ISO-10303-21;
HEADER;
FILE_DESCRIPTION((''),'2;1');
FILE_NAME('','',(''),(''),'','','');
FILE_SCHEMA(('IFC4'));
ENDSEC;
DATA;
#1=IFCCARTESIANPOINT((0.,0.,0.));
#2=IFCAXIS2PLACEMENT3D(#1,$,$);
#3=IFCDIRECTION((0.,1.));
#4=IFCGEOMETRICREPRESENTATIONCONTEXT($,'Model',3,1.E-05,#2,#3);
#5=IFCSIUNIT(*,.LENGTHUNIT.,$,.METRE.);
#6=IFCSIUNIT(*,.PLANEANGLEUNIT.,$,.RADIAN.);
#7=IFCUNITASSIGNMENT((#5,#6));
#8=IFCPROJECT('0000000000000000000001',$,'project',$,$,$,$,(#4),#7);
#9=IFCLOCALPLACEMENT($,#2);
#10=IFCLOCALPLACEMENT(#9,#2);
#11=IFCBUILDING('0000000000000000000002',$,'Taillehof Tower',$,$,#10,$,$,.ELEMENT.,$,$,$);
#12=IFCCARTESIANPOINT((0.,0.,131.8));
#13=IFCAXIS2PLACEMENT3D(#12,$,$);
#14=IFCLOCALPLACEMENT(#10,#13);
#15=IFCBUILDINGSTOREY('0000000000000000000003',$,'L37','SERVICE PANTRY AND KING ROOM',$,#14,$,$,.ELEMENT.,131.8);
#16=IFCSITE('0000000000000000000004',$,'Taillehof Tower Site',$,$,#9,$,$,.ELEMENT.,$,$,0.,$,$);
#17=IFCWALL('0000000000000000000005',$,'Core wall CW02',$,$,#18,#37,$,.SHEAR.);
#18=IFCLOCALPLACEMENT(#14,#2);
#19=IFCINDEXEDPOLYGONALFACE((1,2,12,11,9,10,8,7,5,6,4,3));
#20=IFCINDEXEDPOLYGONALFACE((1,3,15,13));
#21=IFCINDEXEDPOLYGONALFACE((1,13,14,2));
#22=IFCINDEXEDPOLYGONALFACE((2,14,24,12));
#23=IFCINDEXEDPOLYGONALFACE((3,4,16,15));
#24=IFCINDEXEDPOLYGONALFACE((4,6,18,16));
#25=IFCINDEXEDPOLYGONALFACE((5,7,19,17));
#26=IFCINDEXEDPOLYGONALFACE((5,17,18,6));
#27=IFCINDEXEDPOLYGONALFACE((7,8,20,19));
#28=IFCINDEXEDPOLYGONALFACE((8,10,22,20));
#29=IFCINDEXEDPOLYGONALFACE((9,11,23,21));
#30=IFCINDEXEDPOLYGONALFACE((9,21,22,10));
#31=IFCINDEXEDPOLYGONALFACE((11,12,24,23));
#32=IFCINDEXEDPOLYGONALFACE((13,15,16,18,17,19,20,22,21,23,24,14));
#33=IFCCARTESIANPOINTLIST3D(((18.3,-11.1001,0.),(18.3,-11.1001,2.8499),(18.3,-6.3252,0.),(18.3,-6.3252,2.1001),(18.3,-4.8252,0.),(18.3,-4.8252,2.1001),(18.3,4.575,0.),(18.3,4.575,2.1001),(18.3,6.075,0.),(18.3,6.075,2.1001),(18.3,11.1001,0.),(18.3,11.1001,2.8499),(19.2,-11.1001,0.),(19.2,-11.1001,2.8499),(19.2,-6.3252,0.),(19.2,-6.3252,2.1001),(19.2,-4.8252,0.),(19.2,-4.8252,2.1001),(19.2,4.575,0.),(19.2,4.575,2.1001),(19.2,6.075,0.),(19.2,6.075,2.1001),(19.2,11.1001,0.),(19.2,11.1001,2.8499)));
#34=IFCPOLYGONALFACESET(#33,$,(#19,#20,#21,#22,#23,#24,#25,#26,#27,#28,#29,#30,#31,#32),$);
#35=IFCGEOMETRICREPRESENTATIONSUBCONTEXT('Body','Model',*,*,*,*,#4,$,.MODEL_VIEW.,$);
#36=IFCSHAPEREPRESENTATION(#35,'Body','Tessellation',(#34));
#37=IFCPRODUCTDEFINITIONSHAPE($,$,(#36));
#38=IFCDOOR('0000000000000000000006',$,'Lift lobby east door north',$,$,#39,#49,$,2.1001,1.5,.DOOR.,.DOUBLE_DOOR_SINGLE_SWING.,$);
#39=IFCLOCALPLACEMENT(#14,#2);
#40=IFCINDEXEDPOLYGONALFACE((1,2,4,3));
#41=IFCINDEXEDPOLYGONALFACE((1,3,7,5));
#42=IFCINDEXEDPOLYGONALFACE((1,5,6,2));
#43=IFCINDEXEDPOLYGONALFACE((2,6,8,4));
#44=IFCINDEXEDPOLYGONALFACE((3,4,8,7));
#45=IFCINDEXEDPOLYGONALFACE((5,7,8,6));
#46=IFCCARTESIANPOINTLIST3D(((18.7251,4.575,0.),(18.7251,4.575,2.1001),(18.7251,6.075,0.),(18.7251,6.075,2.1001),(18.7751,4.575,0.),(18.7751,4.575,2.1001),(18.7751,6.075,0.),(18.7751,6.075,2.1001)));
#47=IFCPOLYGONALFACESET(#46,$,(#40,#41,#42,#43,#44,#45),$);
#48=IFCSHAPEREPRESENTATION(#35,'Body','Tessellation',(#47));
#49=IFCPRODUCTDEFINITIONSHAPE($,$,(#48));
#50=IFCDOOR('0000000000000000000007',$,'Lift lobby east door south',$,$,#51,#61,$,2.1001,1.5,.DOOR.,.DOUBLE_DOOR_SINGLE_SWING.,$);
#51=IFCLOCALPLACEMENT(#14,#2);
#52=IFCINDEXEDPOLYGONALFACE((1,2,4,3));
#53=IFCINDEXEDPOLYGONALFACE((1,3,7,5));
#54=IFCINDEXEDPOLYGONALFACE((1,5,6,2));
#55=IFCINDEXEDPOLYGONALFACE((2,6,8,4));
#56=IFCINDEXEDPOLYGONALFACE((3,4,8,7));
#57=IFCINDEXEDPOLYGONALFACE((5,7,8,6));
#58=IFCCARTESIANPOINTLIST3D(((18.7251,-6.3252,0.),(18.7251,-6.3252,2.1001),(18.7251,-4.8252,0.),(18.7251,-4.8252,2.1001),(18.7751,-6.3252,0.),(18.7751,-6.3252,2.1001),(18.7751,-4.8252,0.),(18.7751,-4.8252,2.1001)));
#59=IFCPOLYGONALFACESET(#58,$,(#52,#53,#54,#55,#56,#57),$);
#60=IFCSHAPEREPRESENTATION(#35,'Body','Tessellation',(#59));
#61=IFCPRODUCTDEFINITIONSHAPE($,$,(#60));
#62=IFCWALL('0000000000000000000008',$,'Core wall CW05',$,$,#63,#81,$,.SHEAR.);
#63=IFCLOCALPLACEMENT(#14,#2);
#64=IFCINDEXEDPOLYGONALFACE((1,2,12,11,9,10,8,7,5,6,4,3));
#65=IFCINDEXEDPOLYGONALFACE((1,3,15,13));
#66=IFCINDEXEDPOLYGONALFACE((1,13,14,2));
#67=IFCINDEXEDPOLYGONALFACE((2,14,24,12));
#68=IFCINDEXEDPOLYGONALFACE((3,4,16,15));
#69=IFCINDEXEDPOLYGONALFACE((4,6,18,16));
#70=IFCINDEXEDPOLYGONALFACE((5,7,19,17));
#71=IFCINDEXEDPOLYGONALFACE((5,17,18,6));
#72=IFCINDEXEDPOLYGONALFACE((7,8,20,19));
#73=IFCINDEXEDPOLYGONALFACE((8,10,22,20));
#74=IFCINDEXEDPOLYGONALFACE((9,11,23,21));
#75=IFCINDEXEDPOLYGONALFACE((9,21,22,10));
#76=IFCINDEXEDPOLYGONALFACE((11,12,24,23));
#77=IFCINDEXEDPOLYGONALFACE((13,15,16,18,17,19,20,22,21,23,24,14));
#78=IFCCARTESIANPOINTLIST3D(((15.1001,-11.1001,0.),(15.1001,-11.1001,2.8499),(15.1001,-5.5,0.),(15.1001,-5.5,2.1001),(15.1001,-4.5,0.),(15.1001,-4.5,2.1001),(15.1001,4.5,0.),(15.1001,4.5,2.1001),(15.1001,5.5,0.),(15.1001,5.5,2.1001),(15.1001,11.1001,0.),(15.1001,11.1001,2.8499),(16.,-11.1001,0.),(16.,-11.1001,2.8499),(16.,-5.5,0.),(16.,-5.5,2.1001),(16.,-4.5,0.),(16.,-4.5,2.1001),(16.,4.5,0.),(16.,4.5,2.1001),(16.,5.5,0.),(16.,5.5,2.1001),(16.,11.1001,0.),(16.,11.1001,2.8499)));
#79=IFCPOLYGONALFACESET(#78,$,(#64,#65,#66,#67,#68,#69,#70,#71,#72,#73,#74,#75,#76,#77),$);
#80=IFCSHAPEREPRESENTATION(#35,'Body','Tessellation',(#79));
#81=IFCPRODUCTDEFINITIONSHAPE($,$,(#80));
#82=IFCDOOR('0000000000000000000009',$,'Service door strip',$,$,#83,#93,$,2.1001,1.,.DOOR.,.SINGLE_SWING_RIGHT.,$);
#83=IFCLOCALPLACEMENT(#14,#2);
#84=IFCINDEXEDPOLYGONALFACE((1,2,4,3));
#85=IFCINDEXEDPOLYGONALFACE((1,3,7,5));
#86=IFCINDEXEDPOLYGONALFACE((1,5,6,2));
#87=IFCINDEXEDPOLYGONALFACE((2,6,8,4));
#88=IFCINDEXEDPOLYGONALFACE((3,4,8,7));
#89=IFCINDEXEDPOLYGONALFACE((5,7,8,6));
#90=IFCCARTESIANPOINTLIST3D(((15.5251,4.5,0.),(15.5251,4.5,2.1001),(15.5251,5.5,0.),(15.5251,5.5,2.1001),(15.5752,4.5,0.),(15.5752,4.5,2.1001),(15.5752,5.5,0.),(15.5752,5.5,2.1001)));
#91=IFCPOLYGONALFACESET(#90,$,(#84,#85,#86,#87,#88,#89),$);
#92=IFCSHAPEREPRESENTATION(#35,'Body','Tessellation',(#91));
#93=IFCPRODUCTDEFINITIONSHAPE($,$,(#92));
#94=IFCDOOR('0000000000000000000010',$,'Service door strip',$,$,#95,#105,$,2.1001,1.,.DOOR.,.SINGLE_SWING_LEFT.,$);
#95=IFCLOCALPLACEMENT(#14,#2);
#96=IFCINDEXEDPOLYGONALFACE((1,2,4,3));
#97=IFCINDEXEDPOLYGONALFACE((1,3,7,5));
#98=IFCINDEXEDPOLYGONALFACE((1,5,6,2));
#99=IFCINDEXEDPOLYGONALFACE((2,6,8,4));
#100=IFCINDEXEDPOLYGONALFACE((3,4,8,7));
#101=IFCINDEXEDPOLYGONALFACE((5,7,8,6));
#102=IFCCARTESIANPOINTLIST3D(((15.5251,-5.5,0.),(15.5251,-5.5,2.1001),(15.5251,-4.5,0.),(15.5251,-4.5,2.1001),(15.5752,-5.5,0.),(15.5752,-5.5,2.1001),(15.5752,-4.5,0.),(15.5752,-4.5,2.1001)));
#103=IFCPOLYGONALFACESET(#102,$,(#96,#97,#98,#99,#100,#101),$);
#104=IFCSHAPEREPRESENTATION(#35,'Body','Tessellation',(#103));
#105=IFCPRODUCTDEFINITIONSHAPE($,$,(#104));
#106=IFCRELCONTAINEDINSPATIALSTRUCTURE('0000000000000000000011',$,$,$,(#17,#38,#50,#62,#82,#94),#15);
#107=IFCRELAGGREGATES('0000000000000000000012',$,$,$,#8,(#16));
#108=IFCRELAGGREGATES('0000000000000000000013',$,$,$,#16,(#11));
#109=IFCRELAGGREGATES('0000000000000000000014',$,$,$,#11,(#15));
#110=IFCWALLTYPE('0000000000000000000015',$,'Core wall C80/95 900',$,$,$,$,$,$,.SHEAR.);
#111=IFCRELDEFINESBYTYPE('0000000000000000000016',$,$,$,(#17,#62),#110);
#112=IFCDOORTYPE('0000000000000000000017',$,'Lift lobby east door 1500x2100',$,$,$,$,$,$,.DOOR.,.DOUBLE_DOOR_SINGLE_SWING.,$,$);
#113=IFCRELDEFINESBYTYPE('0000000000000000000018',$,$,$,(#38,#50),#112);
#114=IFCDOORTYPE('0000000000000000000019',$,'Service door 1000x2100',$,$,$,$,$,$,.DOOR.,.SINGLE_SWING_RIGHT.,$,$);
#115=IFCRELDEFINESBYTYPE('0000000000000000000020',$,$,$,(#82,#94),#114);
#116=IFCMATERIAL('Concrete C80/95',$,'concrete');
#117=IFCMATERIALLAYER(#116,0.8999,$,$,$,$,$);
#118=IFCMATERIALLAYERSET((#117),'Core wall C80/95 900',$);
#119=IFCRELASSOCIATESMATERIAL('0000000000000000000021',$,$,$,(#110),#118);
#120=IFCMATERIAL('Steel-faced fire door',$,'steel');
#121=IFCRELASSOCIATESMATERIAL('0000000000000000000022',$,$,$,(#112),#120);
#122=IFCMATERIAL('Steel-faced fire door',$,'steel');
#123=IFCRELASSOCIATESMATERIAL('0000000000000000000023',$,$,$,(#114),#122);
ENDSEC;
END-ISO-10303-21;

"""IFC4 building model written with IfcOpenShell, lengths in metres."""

from ifc_helpers import new_model, si_unit, direction, frame, frame_2d, origin, place, context, subcontext, project, spatial, rectangle, extrude, material, layer, layer_set, type_object, element, fill, save


model = new_model("IFC4")

# Units and contexts
model_context = context("Model", 3, precision=1e-05, world=origin(), true_north=direction((0.0, 1.0)))
body_context = subcontext(model_context, "Body", "Model", "MODEL_VIEW")
ifc_project = project(units=[si_unit("LENGTHUNIT", "METRE"), si_unit("PLANEANGLEUNIT", "RADIAN")], contexts=[model_context])

# Site, building, storey
site_placement = place(None, origin())
site = spatial("IfcSite", under=ifc_project, at=site_placement, Name="Taillehof Tower Site", CompositionType="ELEMENT", RefElevation=0.0)
building_placement = place(site_placement, origin())
building = spatial("IfcBuilding", under=site, at=building_placement, Name="Taillehof Tower", CompositionType="ELEMENT")
storey_placement = place(building_placement, frame((0.0, 0.0, 131.8)))
storey = spatial("IfcBuildingStorey", under=building, at=storey_placement, Name="L37", Description="SERVICE PANTRY AND KING ROOM", CompositionType="ELEMENT", Elevation=131.8)

# Walls, openings, doors
ifc_material_1 = material(Name="Concrete C80/95", Category="concrete")
ifc_layer_1 = layer(ifc_material_1, 0.8999)
ifc_layer_set_1 = layer_set([ifc_layer_1], Name="Core wall C80/95 900")
wall_type_1 = type_object("IfcWallType", Name="Core wall C80/95 900", PredefinedType="SHEAR", material=ifc_layer_set_1)
wall_1_placement = place(storey_placement, frame((18.75, -11.1001, 0.0), z_axis=(0.0, 0.0, 1.0), x_axis=(0.0, 1.0, 0.0)))
wall_1 = element("IfcWall", 1, at=wall_1_placement, inside=storey, type_object=wall_type_1, Name="Core wall CW02", PredefinedType="SHEAR", context=body_context, shape_type="SweptSolid", body=[
    extrude(rectangle(XDim=22.2002, YDim=0.8999, at=frame_2d((11.1001, 0.0))), origin(), (0.0, 0.0, 1.0), 2.8499),
])
opening_1_placement = place(wall_1_placement, frame((15.675, 0.0, 0.0)))
opening_1 = element("IfcOpeningElement", 2, at=opening_1_placement, cuts=wall_1, PredefinedType="OPENING", context=body_context, shape_type="SweptSolid", body=[
    extrude(rectangle(XDim=1.5, YDim=2.1001, at=frame_2d((0.75, 1.05))), frame((0.0, 0.46, 0.0), z_axis=(0.0, -1.0, 0.0), x_axis=(1.0, 0.0, 0.0)), (0.0, 0.0, 1.0), 0.9199),
])
opening_2_placement = place(wall_1_placement, frame((4.7749, 0.0, 0.0)))
opening_2 = element("IfcOpeningElement", 3, at=opening_2_placement, cuts=wall_1, PredefinedType="OPENING", context=body_context, shape_type="SweptSolid", body=[
    extrude(rectangle(XDim=1.5, YDim=2.1001, at=frame_2d((0.75, 1.05))), frame((0.0, 0.46, 0.0), z_axis=(0.0, -1.0, 0.0), x_axis=(1.0, 0.0, 0.0)), (0.0, 0.0, 1.0), 0.9199),
])
ifc_material_2 = material(Name="Steel-faced fire door", Category="steel")
door_type_1 = type_object("IfcDoorType", Name="Lift lobby east door 1500x2100", OperationType="DOUBLE_DOOR_SINGLE_SWING", PredefinedType="DOOR", material=ifc_material_2)
door_1_placement = place(opening_1_placement, origin())
door_1 = element("IfcDoor", 4, at=door_1_placement, inside=storey, type_object=door_type_1, Name="Lift lobby east door north", OperationType="DOUBLE_DOOR_SINGLE_SWING", OverallHeight=2.1001, OverallWidth=1.5, PredefinedType="DOOR", context=body_context, shape_type="SweptSolid", body=[
    extrude(rectangle(XDim=1.5, YDim=2.1001, at=frame_2d((0.75, 1.05))), frame((0.0, 0.0249, 0.0), z_axis=(0.0, -1.0, 0.0), x_axis=(1.0, 0.0, 0.0)), (0.0, 0.0, 1.0), 0.05),
])
fill(opening_1, door_1)
door_2_placement = place(opening_2_placement, origin())
door_2 = element("IfcDoor", 5, at=door_2_placement, inside=storey, type_object=door_type_1, Name="Lift lobby east door south", OperationType="DOUBLE_DOOR_SINGLE_SWING", OverallHeight=2.1001, OverallWidth=1.5, PredefinedType="DOOR", context=body_context, shape_type="SweptSolid", body=[
    extrude(rectangle(XDim=1.5, YDim=2.1001, at=frame_2d((0.75, 1.05))), frame((0.0, 0.0249, 0.0), z_axis=(0.0, -1.0, 0.0), x_axis=(1.0, 0.0, 0.0)), (0.0, 0.0, 1.0), 0.05),
])
fill(opening_2, door_2)
wall_2_placement = place(storey_placement, frame((15.55, -11.1001, 0.0), z_axis=(0.0, 0.0, 1.0), x_axis=(0.0, 1.0, 0.0)))
wall_2 = element("IfcWall", 6, at=wall_2_placement, inside=storey, type_object=wall_type_1, Name="Core wall CW05", PredefinedType="SHEAR", context=body_context, shape_type="SweptSolid", body=[
    extrude(rectangle(XDim=22.2002, YDim=0.8999, at=frame_2d((11.1001, 0.0))), origin(), (0.0, 0.0, 1.0), 2.8499),
])
opening_3_placement = place(wall_2_placement, frame((15.6001, 0.0, 0.0)))
opening_3 = element("IfcOpeningElement", 7, at=opening_3_placement, cuts=wall_2, PredefinedType="OPENING", context=body_context, shape_type="SweptSolid", body=[
    extrude(rectangle(XDim=1.0, YDim=2.1001, at=frame_2d((0.5, 1.05))), frame((0.0, 0.46, 0.0), z_axis=(0.0, -1.0, 0.0), x_axis=(1.0, 0.0, 0.0)), (0.0, 0.0, 1.0), 0.9199),
])
opening_4_placement = place(wall_2_placement, frame((5.6001, 0.0, 0.0)))
opening_4 = element("IfcOpeningElement", 8, at=opening_4_placement, cuts=wall_2, PredefinedType="OPENING", context=body_context, shape_type="SweptSolid", body=[
    extrude(rectangle(XDim=1.0, YDim=2.1001, at=frame_2d((0.5, 1.05))), frame((0.0, 0.46, 0.0), z_axis=(0.0, -1.0, 0.0), x_axis=(1.0, 0.0, 0.0)), (0.0, 0.0, 1.0), 0.9199),
])
ifc_material_3 = material(Name="Steel-faced fire door", Category="steel")
door_type_2 = type_object("IfcDoorType", Name="Service door 1000x2100", OperationType="SINGLE_SWING_RIGHT", PredefinedType="DOOR", material=ifc_material_3)
door_3_placement = place(opening_3_placement, origin())
door_3 = element("IfcDoor", 9, at=door_3_placement, inside=storey, type_object=door_type_2, Name="Service door strip", OperationType="SINGLE_SWING_RIGHT", OverallHeight=2.1001, OverallWidth=1.0, PredefinedType="DOOR", context=body_context, shape_type="SweptSolid", body=[
    extrude(rectangle(XDim=1.0, YDim=2.1001, at=frame_2d((0.5, 1.05))), frame((0.0, 0.0249, 0.0), z_axis=(0.0, -1.0, 0.0), x_axis=(1.0, 0.0, 0.0)), (0.0, 0.0, 1.0), 0.05),
])
fill(opening_3, door_3)
door_4_placement = place(opening_4_placement, origin())
door_4 = element("IfcDoor", 10, at=door_4_placement, inside=storey, type_object=door_type_2, Name="Service door strip", OperationType="SINGLE_SWING_LEFT", OverallHeight=2.1001, OverallWidth=1.0, PredefinedType="DOOR", context=body_context, shape_type="SweptSolid", body=[
    extrude(rectangle(XDim=1.0, YDim=2.1001, at=frame_2d((0.5, 1.05))), frame((0.0, 0.0249, 0.0), z_axis=(0.0, -1.0, 0.0), x_axis=(1.0, 0.0, 0.0)), (0.0, 0.0, 1.0), 0.05),
])
fill(opening_4, door_4)

save(model, "model.ifc")
